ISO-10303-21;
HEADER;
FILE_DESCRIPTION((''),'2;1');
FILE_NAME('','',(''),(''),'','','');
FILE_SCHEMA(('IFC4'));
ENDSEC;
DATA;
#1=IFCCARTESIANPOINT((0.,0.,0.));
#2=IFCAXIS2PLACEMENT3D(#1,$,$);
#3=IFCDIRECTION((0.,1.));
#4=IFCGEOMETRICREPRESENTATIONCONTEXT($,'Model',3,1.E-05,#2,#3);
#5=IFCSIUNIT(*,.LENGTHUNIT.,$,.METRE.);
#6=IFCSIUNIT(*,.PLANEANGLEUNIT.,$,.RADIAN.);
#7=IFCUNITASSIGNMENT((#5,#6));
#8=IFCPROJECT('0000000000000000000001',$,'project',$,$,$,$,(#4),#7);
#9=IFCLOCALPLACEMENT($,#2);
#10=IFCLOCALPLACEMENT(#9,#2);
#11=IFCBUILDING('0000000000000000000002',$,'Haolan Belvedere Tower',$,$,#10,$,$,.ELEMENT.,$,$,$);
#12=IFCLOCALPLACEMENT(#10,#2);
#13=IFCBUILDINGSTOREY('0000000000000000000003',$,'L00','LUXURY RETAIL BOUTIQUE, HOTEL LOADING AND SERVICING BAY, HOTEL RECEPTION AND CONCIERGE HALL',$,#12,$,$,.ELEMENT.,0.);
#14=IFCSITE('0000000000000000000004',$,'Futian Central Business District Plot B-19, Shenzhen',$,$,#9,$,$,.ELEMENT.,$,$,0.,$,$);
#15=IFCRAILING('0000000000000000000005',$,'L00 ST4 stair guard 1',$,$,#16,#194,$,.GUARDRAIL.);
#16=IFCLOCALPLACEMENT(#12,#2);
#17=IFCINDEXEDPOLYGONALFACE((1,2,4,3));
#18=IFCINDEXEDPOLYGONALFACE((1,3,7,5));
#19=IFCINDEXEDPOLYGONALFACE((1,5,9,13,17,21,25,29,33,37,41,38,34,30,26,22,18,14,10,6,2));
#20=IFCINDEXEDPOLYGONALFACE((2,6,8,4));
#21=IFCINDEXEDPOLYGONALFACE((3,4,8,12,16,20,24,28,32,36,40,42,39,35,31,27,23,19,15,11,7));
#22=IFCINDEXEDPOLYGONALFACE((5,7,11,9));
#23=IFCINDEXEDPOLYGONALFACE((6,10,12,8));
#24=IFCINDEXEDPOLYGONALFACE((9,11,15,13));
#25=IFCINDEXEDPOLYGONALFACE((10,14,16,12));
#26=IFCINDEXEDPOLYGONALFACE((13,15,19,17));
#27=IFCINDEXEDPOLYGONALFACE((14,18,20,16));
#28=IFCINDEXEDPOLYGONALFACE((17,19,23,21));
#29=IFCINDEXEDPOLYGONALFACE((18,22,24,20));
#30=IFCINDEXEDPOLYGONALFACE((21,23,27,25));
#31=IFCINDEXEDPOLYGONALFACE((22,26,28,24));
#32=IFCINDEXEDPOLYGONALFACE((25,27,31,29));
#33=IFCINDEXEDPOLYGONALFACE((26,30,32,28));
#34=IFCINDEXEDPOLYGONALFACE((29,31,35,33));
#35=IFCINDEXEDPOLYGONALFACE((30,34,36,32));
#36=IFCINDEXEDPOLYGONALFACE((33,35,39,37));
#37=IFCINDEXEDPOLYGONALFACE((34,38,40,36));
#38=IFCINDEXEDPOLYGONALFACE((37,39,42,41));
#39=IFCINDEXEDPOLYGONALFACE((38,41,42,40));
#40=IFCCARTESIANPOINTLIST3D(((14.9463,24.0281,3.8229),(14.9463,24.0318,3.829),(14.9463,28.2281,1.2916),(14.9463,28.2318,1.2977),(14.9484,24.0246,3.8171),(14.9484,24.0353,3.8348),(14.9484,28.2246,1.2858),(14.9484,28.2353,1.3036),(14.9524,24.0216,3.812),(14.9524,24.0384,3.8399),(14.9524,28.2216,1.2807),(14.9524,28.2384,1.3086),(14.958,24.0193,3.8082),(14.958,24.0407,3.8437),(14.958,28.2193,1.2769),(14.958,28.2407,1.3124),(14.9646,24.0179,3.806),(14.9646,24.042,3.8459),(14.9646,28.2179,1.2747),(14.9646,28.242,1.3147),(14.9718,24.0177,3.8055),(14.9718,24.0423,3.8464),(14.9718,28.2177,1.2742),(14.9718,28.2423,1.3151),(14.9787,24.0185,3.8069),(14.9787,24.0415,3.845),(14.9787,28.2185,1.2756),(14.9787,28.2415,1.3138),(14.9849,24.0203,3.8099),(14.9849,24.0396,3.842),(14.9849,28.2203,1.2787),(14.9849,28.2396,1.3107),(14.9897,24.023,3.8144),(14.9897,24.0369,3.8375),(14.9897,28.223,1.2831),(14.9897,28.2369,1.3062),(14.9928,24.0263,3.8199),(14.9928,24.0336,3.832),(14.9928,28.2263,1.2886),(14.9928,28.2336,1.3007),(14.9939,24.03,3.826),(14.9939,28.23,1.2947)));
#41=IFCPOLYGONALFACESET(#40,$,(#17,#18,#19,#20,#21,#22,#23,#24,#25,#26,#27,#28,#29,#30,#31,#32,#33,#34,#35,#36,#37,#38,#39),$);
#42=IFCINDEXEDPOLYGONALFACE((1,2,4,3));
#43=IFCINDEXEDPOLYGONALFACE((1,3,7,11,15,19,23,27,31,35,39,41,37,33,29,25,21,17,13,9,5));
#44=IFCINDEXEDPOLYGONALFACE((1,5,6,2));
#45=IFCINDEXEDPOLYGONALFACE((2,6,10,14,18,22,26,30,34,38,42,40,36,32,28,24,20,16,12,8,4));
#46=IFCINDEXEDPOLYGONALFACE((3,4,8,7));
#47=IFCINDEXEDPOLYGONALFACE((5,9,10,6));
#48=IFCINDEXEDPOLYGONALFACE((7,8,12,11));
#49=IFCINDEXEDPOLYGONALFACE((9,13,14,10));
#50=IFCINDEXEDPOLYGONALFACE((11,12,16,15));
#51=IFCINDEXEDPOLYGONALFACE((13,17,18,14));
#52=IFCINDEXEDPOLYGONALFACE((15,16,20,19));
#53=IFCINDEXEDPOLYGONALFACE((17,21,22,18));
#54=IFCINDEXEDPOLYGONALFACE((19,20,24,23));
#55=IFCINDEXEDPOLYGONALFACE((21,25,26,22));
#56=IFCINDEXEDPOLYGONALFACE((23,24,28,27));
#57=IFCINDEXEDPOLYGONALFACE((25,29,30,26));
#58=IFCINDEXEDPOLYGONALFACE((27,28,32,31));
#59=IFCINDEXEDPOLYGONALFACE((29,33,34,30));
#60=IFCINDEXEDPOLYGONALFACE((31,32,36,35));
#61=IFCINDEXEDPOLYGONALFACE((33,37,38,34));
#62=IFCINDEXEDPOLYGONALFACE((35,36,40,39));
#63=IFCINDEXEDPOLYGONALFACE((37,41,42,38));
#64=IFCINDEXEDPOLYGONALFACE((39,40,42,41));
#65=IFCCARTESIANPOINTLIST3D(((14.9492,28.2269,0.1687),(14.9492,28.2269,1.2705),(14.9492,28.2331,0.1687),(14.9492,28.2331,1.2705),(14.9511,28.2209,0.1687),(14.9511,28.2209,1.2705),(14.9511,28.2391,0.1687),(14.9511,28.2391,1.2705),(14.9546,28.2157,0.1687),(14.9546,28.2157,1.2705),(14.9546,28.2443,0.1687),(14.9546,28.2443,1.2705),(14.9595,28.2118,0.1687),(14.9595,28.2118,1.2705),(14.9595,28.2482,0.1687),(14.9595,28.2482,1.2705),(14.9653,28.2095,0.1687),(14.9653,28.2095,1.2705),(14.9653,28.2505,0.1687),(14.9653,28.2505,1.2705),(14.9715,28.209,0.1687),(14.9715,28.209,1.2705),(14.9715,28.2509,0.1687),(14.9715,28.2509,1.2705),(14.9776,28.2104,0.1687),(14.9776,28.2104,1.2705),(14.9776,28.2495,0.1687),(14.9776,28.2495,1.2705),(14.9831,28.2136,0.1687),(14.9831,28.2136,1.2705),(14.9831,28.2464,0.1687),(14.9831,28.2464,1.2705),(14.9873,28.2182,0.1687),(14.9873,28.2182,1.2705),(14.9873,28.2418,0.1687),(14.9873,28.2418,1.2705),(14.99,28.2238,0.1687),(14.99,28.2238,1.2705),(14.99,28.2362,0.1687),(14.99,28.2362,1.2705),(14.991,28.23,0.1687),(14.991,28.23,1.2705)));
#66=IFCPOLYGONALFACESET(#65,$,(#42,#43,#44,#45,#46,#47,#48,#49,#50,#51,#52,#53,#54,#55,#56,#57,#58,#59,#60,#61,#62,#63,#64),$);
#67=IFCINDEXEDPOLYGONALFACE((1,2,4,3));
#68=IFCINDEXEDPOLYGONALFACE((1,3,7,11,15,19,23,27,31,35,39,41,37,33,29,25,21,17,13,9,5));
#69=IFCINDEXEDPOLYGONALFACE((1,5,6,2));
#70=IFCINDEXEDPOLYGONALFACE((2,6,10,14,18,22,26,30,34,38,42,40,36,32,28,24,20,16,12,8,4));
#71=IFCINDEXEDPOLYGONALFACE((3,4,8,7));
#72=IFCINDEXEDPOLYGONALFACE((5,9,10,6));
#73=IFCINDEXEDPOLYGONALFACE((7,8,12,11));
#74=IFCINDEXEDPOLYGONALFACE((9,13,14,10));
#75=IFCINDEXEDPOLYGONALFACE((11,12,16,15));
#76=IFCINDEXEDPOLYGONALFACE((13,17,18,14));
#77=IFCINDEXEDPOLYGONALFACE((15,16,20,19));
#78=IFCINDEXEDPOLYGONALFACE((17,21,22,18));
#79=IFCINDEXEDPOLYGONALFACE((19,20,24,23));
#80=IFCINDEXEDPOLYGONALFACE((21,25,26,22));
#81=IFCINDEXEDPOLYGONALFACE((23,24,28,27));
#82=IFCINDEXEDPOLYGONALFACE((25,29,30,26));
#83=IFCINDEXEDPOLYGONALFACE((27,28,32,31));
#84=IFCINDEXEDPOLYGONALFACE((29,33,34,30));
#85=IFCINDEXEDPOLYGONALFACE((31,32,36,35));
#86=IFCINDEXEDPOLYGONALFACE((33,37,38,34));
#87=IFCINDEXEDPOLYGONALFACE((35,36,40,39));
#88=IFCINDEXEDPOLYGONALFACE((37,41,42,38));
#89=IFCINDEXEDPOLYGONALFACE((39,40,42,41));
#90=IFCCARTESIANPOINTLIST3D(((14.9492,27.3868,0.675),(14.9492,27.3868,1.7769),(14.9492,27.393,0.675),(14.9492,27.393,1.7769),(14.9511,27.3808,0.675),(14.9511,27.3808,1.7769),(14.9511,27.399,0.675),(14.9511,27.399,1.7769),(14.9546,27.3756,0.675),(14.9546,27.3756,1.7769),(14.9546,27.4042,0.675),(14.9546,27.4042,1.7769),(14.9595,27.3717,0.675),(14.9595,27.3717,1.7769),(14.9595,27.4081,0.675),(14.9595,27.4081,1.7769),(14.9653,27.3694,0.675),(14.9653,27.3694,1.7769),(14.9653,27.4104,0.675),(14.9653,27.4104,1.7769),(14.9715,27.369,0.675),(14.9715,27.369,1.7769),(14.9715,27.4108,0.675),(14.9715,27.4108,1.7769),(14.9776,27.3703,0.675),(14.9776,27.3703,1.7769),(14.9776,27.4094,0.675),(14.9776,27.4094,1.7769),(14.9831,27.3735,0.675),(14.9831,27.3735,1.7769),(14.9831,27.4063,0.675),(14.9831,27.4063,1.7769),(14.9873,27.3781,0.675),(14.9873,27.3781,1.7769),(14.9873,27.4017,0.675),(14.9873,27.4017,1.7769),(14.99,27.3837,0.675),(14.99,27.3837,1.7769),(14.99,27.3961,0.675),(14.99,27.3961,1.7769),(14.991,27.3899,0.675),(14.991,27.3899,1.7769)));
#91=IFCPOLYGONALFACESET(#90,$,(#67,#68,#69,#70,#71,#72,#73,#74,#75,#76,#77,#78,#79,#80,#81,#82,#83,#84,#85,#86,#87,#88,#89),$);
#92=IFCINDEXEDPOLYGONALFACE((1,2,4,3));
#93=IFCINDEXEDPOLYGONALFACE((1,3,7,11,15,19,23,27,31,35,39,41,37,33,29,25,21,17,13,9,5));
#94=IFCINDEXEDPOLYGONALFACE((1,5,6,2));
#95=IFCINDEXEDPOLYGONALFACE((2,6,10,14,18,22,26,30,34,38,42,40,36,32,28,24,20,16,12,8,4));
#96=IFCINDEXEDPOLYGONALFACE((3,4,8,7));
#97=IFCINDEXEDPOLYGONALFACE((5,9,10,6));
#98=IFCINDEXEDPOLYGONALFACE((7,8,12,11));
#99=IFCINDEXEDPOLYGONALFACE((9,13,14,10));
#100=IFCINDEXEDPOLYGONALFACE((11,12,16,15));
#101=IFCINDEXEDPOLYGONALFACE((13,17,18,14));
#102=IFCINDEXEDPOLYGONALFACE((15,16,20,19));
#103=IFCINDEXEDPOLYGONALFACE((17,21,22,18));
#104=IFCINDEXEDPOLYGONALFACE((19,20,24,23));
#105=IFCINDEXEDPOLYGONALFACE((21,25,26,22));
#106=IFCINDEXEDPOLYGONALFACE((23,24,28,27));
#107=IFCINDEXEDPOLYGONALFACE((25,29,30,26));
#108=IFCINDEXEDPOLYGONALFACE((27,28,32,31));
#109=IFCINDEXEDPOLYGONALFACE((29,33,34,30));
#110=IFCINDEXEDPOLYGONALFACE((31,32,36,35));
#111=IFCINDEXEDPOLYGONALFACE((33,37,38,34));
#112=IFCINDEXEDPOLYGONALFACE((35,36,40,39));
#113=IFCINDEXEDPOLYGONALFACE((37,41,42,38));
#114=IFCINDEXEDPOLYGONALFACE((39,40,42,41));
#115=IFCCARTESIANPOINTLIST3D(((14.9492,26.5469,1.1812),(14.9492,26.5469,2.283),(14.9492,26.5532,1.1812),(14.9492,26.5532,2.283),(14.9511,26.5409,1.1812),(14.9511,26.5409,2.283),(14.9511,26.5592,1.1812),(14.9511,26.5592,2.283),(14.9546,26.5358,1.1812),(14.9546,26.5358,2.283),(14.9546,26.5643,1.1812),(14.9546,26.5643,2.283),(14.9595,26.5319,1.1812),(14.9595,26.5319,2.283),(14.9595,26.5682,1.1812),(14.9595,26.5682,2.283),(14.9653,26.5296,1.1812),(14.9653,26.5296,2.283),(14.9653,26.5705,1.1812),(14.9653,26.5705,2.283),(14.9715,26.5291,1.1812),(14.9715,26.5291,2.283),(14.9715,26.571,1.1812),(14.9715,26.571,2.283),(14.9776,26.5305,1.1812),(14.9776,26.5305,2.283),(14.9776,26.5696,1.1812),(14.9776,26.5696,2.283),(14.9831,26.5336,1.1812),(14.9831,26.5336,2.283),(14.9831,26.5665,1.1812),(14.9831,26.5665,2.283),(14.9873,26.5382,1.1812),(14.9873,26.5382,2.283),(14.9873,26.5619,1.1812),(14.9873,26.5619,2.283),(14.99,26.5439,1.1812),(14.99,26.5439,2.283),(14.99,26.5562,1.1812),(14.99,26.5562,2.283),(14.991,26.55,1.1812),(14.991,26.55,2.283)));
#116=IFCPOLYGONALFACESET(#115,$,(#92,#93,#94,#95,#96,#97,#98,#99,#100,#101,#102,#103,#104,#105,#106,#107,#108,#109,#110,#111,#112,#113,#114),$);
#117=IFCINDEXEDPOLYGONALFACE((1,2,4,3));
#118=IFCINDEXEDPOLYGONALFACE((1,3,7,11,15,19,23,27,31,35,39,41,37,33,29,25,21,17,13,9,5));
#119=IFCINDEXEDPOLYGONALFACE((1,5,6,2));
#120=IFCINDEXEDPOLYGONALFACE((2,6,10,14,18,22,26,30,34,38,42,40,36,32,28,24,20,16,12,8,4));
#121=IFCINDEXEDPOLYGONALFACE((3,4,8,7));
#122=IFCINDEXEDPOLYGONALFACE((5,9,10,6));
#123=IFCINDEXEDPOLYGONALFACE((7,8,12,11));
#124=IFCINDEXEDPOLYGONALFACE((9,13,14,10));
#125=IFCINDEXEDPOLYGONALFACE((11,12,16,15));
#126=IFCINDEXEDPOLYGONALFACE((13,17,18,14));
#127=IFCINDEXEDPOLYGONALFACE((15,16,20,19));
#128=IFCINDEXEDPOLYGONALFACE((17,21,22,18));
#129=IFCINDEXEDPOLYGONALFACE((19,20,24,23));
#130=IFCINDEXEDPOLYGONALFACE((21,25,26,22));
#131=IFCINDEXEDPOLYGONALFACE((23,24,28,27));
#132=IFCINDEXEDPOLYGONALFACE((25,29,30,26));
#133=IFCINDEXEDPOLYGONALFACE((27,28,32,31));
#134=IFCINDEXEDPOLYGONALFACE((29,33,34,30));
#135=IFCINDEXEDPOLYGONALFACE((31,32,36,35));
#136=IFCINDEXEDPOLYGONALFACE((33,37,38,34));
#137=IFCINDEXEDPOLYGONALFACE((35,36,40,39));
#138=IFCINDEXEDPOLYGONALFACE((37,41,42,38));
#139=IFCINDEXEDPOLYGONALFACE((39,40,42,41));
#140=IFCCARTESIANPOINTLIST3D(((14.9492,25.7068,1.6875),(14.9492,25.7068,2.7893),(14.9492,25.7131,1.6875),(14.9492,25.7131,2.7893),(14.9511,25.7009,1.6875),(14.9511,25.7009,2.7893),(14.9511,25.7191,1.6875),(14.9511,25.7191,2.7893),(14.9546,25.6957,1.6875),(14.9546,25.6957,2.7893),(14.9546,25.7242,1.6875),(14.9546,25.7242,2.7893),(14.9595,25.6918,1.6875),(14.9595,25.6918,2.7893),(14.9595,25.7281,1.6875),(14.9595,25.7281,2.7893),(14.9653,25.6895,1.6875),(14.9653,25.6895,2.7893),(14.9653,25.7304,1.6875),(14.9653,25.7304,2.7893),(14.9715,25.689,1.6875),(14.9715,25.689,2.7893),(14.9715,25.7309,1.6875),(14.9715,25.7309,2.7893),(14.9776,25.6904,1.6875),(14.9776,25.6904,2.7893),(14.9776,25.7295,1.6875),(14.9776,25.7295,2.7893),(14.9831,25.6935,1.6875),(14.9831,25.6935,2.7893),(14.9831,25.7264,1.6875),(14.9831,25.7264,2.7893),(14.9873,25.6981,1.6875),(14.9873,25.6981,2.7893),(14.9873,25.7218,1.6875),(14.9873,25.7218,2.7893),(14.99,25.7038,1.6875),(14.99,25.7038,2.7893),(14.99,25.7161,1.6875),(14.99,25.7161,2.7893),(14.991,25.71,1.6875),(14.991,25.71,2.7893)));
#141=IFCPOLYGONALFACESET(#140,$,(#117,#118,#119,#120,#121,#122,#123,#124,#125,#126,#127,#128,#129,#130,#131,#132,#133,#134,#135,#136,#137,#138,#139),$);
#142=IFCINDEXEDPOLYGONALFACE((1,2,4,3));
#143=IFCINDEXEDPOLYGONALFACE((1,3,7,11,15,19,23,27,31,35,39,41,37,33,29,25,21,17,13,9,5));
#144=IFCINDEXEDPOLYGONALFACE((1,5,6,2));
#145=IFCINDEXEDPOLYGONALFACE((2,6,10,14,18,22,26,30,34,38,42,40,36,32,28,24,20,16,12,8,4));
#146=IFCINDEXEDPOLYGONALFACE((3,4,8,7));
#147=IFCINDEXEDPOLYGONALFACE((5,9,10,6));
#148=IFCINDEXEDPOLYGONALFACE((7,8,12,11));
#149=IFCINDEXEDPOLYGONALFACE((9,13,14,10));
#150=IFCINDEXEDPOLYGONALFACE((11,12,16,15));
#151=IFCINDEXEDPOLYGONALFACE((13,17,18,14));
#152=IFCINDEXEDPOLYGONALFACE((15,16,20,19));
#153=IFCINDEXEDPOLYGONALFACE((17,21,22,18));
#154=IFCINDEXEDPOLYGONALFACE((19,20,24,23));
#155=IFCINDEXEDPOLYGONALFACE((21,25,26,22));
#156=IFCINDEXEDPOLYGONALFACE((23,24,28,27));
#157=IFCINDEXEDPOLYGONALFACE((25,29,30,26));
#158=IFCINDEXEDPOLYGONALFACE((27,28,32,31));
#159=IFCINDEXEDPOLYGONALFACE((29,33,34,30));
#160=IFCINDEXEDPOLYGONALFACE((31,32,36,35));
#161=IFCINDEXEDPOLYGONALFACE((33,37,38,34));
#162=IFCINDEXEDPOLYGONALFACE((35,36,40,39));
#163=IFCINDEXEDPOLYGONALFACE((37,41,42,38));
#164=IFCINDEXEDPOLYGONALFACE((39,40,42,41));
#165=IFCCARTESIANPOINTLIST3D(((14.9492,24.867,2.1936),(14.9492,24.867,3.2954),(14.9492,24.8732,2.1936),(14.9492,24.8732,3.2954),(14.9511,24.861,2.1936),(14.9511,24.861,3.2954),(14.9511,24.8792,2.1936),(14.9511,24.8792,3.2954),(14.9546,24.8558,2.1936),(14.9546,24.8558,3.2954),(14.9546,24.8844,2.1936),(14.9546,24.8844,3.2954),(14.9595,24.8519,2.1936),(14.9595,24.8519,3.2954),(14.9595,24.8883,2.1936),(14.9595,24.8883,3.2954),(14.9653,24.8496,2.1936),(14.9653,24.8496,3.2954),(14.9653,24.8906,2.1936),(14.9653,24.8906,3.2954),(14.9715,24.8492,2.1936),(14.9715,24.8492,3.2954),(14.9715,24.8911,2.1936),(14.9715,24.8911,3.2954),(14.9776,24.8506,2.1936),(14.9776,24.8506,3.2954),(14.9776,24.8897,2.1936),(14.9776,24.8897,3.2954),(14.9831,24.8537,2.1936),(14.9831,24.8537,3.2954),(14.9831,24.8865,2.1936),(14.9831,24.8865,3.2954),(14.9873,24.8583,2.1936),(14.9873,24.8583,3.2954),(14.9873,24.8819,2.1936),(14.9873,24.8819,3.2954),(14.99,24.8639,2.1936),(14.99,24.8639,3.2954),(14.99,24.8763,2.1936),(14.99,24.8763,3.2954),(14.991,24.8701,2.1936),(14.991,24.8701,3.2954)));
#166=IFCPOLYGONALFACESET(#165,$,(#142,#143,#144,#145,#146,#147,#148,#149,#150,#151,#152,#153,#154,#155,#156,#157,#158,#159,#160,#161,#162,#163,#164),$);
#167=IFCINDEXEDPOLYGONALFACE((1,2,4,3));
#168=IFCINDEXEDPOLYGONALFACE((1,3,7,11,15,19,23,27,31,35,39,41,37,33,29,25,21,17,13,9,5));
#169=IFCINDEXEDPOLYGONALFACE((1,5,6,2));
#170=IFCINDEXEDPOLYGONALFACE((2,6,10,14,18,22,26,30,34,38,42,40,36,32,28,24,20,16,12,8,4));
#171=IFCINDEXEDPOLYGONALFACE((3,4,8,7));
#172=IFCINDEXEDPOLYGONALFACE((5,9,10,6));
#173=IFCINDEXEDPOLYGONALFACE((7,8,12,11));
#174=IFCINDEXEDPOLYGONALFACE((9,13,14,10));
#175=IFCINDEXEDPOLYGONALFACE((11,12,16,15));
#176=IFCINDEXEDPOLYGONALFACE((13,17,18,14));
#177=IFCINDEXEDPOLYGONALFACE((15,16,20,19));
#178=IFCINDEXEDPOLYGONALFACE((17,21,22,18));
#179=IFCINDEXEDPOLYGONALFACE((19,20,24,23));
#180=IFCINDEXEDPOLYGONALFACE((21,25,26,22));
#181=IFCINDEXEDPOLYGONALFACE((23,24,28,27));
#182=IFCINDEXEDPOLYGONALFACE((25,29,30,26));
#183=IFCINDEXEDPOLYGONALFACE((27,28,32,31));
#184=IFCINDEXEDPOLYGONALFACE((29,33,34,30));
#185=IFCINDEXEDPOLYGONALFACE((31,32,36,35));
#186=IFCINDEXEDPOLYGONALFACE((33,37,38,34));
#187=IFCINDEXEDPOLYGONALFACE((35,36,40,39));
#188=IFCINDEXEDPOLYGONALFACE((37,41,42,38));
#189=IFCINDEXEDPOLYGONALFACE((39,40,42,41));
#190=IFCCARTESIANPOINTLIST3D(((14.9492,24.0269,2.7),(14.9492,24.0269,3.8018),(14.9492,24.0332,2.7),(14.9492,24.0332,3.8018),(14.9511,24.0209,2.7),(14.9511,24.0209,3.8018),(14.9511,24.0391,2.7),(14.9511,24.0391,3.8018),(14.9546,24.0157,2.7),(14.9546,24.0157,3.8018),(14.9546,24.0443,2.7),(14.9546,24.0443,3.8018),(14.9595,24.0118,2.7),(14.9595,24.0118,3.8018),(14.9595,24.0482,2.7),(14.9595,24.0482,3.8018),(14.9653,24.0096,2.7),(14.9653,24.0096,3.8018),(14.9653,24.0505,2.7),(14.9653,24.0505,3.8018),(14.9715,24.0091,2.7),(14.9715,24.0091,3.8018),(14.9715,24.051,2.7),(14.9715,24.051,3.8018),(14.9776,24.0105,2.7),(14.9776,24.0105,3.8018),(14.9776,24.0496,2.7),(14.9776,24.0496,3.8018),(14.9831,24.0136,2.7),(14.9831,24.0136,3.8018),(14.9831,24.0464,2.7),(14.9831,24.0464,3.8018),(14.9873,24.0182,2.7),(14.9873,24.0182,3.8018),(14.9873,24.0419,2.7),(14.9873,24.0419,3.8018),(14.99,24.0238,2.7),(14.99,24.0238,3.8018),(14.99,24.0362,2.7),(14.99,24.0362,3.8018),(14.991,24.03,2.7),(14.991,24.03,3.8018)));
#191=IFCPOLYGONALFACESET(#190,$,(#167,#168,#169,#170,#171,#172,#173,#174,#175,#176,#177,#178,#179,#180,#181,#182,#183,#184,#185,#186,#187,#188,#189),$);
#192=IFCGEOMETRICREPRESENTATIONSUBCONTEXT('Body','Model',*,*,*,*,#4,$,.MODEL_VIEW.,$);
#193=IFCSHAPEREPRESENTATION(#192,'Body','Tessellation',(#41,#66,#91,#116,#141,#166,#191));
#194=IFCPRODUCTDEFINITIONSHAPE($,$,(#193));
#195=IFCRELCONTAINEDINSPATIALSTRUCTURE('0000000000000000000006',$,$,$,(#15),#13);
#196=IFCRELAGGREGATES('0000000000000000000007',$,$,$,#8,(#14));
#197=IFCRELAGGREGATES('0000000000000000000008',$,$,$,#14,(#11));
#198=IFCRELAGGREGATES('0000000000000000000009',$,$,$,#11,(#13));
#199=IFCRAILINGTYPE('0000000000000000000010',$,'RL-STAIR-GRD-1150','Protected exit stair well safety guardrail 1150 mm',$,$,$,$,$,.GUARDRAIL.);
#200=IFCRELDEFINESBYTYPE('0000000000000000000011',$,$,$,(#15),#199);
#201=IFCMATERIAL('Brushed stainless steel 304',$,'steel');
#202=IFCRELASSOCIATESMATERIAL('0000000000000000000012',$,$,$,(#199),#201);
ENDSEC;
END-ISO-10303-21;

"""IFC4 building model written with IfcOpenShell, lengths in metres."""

from ifc_helpers import new_model, si_unit, direction, frame, origin, origin_2d, place, context, subcontext, project, spatial, circle, extrude, material, type_object, element, save


model = new_model("IFC4")

# Units and contexts
model_context = context("Model", 3, precision=1e-05, world=origin(), true_north=direction((0.0, 1.0)))
body_context = subcontext(model_context, "Body", "Model", "MODEL_VIEW")
ifc_project = project(units=[si_unit("LENGTHUNIT", "METRE"), si_unit("PLANEANGLEUNIT", "RADIAN")], contexts=[model_context])

# Site, building, storey
site_placement = place(None, origin())
site = spatial("IfcSite", under=ifc_project, at=site_placement, Name="Futian Central Business District Plot B-19, Shenzhen", CompositionType="ELEMENT", RefElevation=0.0)
building_placement = place(site_placement, origin())
building = spatial("IfcBuilding", under=site, at=building_placement, Name="Haolan Belvedere Tower", CompositionType="ELEMENT")
storey_placement = place(building_placement, origin())
storey = spatial("IfcBuildingStorey", under=building, at=storey_placement, Name="L00", Description="LUXURY RETAIL BOUTIQUE, HOTEL LOADING AND SERVICING BAY, HOTEL RECEPTION AND CONCIERGE HALL", CompositionType="ELEMENT", Elevation=0.0)

# Railing
ifc_material_1 = material(Name="Brushed stainless steel 304", Category="steel")
railing_type_1 = type_object("IfcRailingType", Name="RL-STAIR-GRD-1150", Description="Protected exit stair well safety guardrail 1150 mm", PredefinedType="GUARDRAIL", material=ifc_material_1)
railing_1_placement = place(storey_placement, frame((14.97, 28.23, 0.1687)))
element("IfcRailing", 1, at=railing_1_placement, inside=storey, type_object=railing_type_1, Name="L00 ST4 stair guard 1", PredefinedType="GUARDRAIL", context=body_context, shape_type="SweptSolid", body=[
    extrude(circle(Radius=0.0239, at=origin_2d()), frame((0.0, 0.0, 1.126), z_axis=(0.0, -0.856476, 0.516186), x_axis=(1.0, 0.0, 0.0)), (0.0, 0.0, 1.0), 4.9038),
    extrude(circle(Radius=0.021, at=origin_2d()), origin(), (0.0, 0.0, 1.0), 1.1018),
    extrude(circle(Radius=0.021, at=origin_2d()), frame((0.0, -0.8401, 0.5063)), (0.0, 0.0, 1.0), 1.1018),
    extrude(circle(Radius=0.021, at=origin_2d()), frame((0.0, -1.6799, 1.0125)), (0.0, 0.0, 1.0), 1.1018),
    extrude(circle(Radius=0.021, at=origin_2d()), frame((0.0, -2.52, 1.5188)), (0.0, 0.0, 1.0), 1.1018),
    extrude(circle(Radius=0.021, at=origin_2d()), frame((0.0, -3.3599, 2.0249)), (0.0, 0.0, 1.0), 1.1018),
    extrude(circle(Radius=0.021, at=origin_2d()), frame((0.0, -4.2, 2.5312)), (0.0, 0.0, 1.0), 1.1018),
])

save(model, "model.ifc")
